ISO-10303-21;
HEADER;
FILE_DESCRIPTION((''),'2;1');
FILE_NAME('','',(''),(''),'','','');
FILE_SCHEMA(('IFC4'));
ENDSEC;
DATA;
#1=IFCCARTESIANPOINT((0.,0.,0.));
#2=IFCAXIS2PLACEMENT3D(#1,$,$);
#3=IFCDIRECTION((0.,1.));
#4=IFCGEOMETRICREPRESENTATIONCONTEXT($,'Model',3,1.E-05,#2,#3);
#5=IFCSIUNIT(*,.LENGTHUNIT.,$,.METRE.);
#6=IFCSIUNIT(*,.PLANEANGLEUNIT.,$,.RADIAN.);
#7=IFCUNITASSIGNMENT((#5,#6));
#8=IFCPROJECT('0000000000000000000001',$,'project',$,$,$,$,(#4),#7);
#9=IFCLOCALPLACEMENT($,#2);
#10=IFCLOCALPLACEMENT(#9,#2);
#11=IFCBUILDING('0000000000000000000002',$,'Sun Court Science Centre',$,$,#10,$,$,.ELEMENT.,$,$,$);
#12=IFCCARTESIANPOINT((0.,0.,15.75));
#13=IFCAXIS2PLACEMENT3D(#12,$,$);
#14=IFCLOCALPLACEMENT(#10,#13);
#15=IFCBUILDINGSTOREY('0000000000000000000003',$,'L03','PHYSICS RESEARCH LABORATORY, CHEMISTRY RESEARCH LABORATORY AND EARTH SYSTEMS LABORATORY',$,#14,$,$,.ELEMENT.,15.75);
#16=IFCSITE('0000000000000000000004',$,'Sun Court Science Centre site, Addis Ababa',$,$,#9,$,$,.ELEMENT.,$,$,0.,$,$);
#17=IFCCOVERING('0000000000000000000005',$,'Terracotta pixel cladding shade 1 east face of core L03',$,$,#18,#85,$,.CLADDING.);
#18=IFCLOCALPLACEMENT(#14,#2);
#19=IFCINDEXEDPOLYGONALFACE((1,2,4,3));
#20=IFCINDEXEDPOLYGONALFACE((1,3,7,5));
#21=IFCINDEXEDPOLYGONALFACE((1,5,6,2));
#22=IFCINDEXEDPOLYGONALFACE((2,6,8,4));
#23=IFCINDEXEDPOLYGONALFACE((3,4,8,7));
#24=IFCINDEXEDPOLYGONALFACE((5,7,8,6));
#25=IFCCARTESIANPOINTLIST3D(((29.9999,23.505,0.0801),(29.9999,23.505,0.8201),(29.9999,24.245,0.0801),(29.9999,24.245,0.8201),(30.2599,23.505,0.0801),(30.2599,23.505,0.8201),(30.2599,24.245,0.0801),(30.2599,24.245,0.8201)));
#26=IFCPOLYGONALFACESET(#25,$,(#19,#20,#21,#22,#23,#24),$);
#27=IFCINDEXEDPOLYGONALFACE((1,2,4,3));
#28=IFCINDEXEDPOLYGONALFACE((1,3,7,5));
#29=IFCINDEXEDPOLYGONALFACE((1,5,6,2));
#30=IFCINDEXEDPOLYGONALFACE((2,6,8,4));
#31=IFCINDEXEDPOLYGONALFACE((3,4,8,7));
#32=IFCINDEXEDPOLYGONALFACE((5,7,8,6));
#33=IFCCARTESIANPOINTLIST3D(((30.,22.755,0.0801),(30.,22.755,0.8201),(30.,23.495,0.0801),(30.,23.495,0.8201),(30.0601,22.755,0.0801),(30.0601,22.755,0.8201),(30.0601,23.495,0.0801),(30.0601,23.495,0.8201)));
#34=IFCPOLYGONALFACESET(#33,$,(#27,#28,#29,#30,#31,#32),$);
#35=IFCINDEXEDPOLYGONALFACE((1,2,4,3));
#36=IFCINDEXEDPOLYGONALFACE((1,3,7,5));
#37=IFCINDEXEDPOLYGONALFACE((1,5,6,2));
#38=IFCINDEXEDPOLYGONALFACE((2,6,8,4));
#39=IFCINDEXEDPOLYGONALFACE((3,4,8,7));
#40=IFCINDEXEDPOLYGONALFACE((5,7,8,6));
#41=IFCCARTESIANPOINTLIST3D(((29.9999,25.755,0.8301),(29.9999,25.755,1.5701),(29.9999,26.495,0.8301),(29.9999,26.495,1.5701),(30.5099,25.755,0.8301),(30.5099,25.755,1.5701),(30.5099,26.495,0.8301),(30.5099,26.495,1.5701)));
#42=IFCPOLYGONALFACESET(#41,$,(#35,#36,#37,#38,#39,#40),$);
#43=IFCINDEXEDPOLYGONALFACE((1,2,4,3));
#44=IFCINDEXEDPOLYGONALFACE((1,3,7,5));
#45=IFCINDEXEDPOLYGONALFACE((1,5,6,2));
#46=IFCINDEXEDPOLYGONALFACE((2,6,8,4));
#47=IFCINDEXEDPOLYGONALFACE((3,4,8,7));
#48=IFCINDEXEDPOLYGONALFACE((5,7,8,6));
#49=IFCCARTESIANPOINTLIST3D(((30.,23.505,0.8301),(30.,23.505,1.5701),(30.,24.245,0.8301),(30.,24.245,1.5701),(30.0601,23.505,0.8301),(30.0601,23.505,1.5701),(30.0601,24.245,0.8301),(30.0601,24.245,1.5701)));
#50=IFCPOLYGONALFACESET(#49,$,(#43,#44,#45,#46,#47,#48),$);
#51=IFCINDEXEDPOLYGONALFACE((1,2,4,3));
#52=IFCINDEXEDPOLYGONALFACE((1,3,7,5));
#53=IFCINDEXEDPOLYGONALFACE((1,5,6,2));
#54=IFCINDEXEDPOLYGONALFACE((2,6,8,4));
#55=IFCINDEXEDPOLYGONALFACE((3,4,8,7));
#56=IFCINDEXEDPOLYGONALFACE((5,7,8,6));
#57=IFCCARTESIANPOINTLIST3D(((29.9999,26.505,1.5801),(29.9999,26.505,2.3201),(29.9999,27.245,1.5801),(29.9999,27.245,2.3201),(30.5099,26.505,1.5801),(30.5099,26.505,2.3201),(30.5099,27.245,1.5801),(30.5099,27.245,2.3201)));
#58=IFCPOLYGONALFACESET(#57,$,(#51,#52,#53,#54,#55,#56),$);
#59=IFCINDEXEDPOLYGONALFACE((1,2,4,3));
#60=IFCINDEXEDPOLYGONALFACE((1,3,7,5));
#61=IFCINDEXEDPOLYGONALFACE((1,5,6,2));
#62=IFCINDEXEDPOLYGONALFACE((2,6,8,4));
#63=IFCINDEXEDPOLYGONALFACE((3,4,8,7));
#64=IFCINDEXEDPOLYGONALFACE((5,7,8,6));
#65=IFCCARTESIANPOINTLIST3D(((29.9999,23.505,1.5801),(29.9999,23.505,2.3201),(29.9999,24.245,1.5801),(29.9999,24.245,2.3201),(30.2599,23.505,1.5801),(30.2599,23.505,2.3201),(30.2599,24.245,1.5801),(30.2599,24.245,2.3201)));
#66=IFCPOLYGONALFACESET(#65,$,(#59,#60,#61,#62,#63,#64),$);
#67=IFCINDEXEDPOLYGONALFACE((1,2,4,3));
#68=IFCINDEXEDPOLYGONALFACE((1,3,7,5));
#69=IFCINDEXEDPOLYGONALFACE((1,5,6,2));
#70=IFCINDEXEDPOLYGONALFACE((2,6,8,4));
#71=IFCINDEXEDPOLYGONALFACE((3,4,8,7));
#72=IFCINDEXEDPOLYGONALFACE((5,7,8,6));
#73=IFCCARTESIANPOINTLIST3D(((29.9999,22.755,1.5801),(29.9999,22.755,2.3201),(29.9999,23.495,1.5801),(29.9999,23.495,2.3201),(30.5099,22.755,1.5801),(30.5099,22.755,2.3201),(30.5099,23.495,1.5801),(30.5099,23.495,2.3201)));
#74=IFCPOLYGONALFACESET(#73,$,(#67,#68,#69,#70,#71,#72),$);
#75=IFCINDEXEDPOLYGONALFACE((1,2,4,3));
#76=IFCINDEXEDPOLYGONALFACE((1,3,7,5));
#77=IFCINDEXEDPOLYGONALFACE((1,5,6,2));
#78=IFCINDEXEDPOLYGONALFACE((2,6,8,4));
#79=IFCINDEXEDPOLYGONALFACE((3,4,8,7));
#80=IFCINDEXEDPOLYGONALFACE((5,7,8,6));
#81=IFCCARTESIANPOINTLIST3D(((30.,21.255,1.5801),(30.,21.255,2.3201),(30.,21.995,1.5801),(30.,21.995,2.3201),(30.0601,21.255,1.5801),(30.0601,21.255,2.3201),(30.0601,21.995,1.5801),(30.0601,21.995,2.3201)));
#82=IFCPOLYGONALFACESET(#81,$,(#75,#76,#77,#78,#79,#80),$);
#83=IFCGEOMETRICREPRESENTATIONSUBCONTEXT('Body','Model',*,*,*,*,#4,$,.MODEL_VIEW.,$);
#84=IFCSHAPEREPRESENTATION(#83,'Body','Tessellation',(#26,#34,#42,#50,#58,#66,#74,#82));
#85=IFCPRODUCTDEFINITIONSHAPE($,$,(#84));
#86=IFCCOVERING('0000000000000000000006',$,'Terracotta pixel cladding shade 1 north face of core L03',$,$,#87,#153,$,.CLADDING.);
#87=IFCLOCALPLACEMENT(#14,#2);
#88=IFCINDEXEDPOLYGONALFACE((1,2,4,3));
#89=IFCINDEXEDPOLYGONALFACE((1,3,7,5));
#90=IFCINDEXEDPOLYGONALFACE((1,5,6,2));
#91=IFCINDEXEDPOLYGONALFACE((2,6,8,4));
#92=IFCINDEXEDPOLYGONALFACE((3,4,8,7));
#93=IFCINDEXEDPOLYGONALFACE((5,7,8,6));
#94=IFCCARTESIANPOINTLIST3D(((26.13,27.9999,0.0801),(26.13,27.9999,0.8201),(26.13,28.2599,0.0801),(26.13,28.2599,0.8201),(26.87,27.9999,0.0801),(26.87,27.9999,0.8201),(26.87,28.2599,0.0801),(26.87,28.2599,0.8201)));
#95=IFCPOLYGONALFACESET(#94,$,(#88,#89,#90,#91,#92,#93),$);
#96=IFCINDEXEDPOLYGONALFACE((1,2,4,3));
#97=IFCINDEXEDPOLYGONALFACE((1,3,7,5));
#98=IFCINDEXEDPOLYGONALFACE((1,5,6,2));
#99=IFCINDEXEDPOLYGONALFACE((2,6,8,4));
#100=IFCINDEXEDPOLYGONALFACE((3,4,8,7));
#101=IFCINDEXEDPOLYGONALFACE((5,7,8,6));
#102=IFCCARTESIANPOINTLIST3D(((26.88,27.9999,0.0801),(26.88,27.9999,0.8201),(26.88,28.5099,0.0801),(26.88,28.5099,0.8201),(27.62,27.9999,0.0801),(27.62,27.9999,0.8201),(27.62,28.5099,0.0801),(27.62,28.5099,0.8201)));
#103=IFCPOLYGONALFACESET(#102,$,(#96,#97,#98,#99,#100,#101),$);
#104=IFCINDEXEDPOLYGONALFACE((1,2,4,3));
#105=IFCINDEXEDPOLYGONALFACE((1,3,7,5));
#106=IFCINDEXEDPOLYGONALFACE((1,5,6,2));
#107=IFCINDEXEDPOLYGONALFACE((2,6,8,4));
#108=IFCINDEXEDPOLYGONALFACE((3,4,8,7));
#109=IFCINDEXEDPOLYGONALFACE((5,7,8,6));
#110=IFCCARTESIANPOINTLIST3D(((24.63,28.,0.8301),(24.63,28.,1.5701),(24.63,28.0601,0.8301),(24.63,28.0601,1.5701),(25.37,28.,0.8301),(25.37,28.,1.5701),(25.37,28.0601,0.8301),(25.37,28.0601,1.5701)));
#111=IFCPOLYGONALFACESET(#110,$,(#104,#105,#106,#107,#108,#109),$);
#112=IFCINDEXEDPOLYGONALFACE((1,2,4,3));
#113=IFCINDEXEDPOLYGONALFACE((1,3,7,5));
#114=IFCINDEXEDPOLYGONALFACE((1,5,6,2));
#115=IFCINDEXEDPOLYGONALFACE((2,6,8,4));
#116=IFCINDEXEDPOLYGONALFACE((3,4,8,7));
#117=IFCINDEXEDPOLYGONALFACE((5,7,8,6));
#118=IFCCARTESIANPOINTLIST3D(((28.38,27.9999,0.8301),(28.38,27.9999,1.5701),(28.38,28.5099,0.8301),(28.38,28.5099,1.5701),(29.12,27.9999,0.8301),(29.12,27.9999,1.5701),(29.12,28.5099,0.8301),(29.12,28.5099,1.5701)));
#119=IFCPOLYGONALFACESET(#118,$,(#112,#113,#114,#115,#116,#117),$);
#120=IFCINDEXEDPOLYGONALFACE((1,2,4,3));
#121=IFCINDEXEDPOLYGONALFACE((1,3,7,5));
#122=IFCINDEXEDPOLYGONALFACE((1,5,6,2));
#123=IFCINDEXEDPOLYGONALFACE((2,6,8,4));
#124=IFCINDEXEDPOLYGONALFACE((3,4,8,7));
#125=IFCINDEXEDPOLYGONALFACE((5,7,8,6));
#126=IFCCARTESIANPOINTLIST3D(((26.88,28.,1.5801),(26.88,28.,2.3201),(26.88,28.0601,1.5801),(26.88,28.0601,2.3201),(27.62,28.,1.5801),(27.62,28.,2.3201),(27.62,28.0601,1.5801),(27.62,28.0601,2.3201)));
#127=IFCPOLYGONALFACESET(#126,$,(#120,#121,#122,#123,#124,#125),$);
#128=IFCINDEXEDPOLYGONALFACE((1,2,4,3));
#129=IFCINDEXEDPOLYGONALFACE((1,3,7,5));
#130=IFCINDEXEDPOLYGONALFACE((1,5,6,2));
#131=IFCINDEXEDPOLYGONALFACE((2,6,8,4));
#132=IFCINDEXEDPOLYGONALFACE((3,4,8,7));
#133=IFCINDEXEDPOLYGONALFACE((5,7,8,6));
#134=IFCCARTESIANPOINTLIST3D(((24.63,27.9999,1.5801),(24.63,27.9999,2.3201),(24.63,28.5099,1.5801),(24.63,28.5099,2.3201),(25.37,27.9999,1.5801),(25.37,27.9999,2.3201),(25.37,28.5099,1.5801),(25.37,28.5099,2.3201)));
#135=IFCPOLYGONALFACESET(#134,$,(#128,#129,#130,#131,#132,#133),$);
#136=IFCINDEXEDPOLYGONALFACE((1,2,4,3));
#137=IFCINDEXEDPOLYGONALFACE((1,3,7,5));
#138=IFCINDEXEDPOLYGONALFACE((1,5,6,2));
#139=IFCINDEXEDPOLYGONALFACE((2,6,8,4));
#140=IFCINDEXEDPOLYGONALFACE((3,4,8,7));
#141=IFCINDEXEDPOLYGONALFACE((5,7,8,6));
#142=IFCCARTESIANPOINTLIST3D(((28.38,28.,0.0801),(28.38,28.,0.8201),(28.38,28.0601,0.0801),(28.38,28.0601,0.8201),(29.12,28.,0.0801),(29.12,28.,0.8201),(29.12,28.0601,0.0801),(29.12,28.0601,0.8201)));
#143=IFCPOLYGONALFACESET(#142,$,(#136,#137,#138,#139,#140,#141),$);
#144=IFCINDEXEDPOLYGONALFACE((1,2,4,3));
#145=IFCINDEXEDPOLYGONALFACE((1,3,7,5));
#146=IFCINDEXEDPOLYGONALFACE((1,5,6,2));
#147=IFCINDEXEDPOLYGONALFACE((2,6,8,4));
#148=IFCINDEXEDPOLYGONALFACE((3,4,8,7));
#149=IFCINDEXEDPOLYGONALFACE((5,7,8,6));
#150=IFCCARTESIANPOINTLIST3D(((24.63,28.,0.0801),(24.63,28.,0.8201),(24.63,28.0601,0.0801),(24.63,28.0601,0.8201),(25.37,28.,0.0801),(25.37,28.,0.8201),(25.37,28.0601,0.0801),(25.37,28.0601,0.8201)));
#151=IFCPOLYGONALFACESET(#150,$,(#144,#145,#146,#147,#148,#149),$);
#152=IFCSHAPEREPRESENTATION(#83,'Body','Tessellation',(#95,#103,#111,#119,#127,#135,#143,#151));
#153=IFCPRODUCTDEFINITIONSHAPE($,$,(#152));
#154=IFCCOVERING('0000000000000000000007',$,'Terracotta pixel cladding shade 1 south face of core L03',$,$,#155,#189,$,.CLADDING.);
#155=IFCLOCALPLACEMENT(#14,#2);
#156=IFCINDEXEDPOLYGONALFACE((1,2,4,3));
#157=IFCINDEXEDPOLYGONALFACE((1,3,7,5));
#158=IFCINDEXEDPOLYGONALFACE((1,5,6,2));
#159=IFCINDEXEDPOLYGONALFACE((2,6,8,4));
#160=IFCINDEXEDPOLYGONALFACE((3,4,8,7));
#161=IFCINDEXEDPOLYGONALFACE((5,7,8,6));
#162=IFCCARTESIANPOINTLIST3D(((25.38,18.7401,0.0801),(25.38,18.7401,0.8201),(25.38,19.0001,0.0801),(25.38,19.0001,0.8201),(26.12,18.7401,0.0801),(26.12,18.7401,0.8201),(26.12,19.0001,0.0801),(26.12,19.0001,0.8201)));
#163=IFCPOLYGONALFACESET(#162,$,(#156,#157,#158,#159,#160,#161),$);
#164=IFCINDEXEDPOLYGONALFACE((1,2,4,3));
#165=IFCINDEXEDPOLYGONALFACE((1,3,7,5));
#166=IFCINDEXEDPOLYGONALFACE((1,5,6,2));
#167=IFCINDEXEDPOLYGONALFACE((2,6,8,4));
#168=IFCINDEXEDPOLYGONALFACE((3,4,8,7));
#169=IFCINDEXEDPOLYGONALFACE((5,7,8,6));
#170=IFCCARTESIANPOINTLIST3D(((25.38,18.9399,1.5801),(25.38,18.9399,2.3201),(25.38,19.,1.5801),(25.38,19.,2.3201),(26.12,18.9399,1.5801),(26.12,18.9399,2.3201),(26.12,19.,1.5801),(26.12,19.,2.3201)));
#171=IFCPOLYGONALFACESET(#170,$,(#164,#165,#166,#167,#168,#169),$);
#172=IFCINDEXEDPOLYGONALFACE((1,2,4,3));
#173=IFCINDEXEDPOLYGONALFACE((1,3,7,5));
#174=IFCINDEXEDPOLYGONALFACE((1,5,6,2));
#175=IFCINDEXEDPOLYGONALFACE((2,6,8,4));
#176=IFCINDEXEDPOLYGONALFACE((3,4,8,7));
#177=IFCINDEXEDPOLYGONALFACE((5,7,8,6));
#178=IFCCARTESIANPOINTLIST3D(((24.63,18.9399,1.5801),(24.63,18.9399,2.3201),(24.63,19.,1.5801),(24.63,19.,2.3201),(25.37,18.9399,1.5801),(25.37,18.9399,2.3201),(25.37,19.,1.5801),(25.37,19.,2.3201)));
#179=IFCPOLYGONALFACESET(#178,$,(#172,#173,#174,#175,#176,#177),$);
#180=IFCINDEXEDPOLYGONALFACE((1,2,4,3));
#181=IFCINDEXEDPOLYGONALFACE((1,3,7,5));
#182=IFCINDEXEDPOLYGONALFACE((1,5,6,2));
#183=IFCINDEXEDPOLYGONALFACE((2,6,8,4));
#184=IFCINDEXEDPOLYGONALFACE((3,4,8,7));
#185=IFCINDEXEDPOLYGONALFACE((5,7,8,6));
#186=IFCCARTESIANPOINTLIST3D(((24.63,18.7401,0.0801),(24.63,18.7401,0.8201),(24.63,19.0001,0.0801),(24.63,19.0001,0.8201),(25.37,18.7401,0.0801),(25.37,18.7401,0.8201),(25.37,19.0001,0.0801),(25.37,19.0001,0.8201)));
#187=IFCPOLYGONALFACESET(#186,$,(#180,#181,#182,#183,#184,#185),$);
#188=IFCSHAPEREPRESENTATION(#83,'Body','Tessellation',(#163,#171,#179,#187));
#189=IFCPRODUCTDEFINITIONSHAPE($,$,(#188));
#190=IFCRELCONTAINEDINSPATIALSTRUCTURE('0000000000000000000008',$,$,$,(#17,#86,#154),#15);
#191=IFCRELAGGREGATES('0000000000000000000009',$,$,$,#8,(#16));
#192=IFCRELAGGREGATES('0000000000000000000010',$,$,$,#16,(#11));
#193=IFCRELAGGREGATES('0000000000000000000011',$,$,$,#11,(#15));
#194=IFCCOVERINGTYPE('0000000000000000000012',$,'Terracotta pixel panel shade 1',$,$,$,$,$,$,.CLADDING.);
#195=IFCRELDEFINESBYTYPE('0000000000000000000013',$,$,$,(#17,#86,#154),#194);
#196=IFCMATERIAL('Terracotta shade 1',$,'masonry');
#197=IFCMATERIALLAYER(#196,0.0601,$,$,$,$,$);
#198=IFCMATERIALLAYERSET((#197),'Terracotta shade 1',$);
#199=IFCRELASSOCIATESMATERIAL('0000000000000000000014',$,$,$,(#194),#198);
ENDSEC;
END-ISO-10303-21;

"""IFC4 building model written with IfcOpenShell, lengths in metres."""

from ifc_helpers import new_model, si_unit, direction, frame, origin, origin_2d, place, context, subcontext, project, spatial, rectangle, extrude, material, layer, layer_set, type_object, element, save


model = new_model("IFC4")

# Units and contexts
model_context = context("Model", 3, precision=1e-05, world=origin(), true_north=direction((0.0, 1.0)))
body_context = subcontext(model_context, "Body", "Model", "MODEL_VIEW")
ifc_project = project(units=[si_unit("LENGTHUNIT", "METRE"), si_unit("PLANEANGLEUNIT", "RADIAN")], contexts=[model_context])

# Site, building, storey
site_placement = place(None, origin())
site = spatial("IfcSite", under=ifc_project, at=site_placement, Name="Sun Court Science Centre site, Addis Ababa", CompositionType="ELEMENT", RefElevation=0.0)
building_placement = place(site_placement, origin())
building = spatial("IfcBuilding", under=site, at=building_placement, Name="Sun Court Science Centre", CompositionType="ELEMENT")
storey_placement = place(building_placement, frame((0.0, 0.0, 15.75)))
storey = spatial("IfcBuildingStorey", under=building, at=storey_placement, Name="L03", Description="PHYSICS RESEARCH LABORATORY, CHEMISTRY RESEARCH LABORATORY AND EARTH SYSTEMS LABORATORY", CompositionType="ELEMENT", Elevation=15.75)

# Coverings
ifc_material_1 = material(Name="Terracotta shade 1", Category="masonry")
ifc_layer_1 = layer(ifc_material_1, 0.0601)
ifc_layer_set_1 = layer_set([ifc_layer_1], Name="Terracotta shade 1")
covering_type_1 = type_object("IfcCoveringType", Name="Terracotta pixel panel shade 1", PredefinedType="CLADDING", material=ifc_layer_set_1)
covering_1_placement = place(storey_placement, frame((0.0, 0.0, -15.75)))
element("IfcCovering", 1, at=covering_1_placement, inside=storey, type_object=covering_type_1, Name="Terracotta pixel cladding shade 1 east face of core L03", PredefinedType="CLADDING", context=body_context, shape_type="SweptSolid", body=[
    extrude(rectangle(XDim=0.74, YDim=0.26, at=origin_2d()), frame((30.1299, 23.875, 15.8301), z_axis=(0.0, 0.0, 1.0), x_axis=(0.0, -1.0, 0.0)), (0.0, 0.0, 1.0), 0.74),
    extrude(rectangle(XDim=0.74, YDim=0.0601, at=origin_2d()), frame((30.03, 23.125, 15.8301), z_axis=(0.0, 0.0, 1.0), x_axis=(0.0, -1.0, 0.0)), (0.0, 0.0, 1.0), 0.74),
    extrude(rectangle(XDim=0.74, YDim=0.51, at=origin_2d()), frame((30.2549, 26.125, 16.5801), z_axis=(0.0, 0.0, 1.0), x_axis=(0.0, -1.0, 0.0)), (0.0, 0.0, 1.0), 0.74),
    extrude(rectangle(XDim=0.74, YDim=0.0601, at=origin_2d()), frame((30.03, 23.875, 16.5801), z_axis=(0.0, 0.0, 1.0), x_axis=(0.0, -1.0, 0.0)), (0.0, 0.0, 1.0), 0.74),
    extrude(rectangle(XDim=0.74, YDim=0.51, at=origin_2d()), frame((30.2549, 26.875, 17.3301), z_axis=(0.0, 0.0, 1.0), x_axis=(0.0, -1.0, 0.0)), (0.0, 0.0, 1.0), 0.74),
    extrude(rectangle(XDim=0.74, YDim=0.26, at=origin_2d()), frame((30.1299, 23.875, 17.3301), z_axis=(0.0, 0.0, 1.0), x_axis=(0.0, -1.0, 0.0)), (0.0, 0.0, 1.0), 0.74),
    extrude(rectangle(XDim=0.74, YDim=0.51, at=origin_2d()), frame((30.2549, 23.125, 17.3301), z_axis=(0.0, 0.0, 1.0), x_axis=(0.0, -1.0, 0.0)), (0.0, 0.0, 1.0), 0.74),
    extrude(rectangle(XDim=0.74, YDim=0.0601, at=origin_2d()), frame((30.03, 21.625, 17.3301), z_axis=(0.0, 0.0, 1.0), x_axis=(0.0, -1.0, 0.0)), (0.0, 0.0, 1.0), 0.74),
])
covering_2_placement = place(storey_placement, frame((0.0, 0.0, -15.75)))
element("IfcCovering", 2, at=covering_2_placement, inside=storey, type_object=covering_type_1, Name="Terracotta pixel cladding shade 1 north face of core L03", PredefinedType="CLADDING", context=body_context, shape_type="SweptSolid", body=[
    extrude(rectangle(XDim=0.74, YDim=0.26, at=origin_2d()), frame((26.5, 28.1299, 15.8301), z_axis=(0.0, 0.0, 1.0), x_axis=(1.0, 0.0, 0.0)), (0.0, 0.0, 1.0), 0.74),
    extrude(rectangle(XDim=0.74, YDim=0.51, at=origin_2d()), frame((27.25, 28.2549, 15.8301), z_axis=(0.0, 0.0, 1.0), x_axis=(1.0, 0.0, 0.0)), (0.0, 0.0, 1.0), 0.74),
    extrude(rectangle(XDim=0.74, YDim=0.0601, at=origin_2d()), frame((25.0, 28.03, 16.5801), z_axis=(0.0, 0.0, 1.0), x_axis=(1.0, 0.0, 0.0)), (0.0, 0.0, 1.0), 0.74),
    extrude(rectangle(XDim=0.74, YDim=0.51, at=origin_2d()), frame((28.75, 28.2549, 16.5801), z_axis=(0.0, 0.0, 1.0), x_axis=(1.0, 0.0, 0.0)), (0.0, 0.0, 1.0), 0.74),
    extrude(rectangle(XDim=0.74, YDim=0.0601, at=origin_2d()), frame((27.25, 28.03, 17.3301), z_axis=(0.0, 0.0, 1.0), x_axis=(1.0, 0.0, 0.0)), (0.0, 0.0, 1.0), 0.74),
    extrude(rectangle(XDim=0.74, YDim=0.51, at=origin_2d()), frame((25.0, 28.2549, 17.3301), z_axis=(0.0, 0.0, 1.0), x_axis=(1.0, 0.0, 0.0)), (0.0, 0.0, 1.0), 0.74),
    extrude(rectangle(XDim=0.74, YDim=0.0601, at=origin_2d()), frame((28.75, 28.03, 15.8301), z_axis=(0.0, 0.0, 1.0), x_axis=(1.0, 0.0, 0.0)), (0.0, 0.0, 1.0), 0.74),
    extrude(rectangle(XDim=0.74, YDim=0.0601, at=origin_2d()), frame((25.0, 28.03, 15.8301), z_axis=(0.0, 0.0, 1.0), x_axis=(1.0, 0.0, 0.0)), (0.0, 0.0, 1.0), 0.74),
])
covering_3_placement = place(storey_placement, frame((0.0, 0.0, -15.75)))
element("IfcCovering", 3, at=covering_3_placement, inside=storey, type_object=covering_type_1, Name="Terracotta pixel cladding shade 1 south face of core L03", PredefinedType="CLADDING", context=body_context, shape_type="SweptSolid", body=[
    extrude(rectangle(XDim=0.74, YDim=0.26, at=origin_2d()), frame((25.75, 18.8701, 15.8301), z_axis=(0.0, 0.0, 1.0), x_axis=(-1.0, 0.0, 0.0)), (0.0, 0.0, 1.0), 0.74),
    extrude(rectangle(XDim=0.74, YDim=0.0601, at=origin_2d()), frame((25.75, 18.97, 17.3301), z_axis=(0.0, 0.0, 1.0), x_axis=(-1.0, 0.0, 0.0)), (0.0, 0.0, 1.0), 0.74),
    extrude(rectangle(XDim=0.74, YDim=0.0601, at=origin_2d()), frame((25.0, 18.97, 17.3301), z_axis=(0.0, 0.0, 1.0), x_axis=(-1.0, 0.0, 0.0)), (0.0, 0.0, 1.0), 0.74),
    extrude(rectangle(XDim=0.74, YDim=0.26, at=origin_2d()), frame((25.0, 18.8701, 15.8301), z_axis=(0.0, 0.0, 1.0), x_axis=(-1.0, 0.0, 0.0)), (0.0, 0.0, 1.0), 0.74),
])

save(model, "model.ifc")
